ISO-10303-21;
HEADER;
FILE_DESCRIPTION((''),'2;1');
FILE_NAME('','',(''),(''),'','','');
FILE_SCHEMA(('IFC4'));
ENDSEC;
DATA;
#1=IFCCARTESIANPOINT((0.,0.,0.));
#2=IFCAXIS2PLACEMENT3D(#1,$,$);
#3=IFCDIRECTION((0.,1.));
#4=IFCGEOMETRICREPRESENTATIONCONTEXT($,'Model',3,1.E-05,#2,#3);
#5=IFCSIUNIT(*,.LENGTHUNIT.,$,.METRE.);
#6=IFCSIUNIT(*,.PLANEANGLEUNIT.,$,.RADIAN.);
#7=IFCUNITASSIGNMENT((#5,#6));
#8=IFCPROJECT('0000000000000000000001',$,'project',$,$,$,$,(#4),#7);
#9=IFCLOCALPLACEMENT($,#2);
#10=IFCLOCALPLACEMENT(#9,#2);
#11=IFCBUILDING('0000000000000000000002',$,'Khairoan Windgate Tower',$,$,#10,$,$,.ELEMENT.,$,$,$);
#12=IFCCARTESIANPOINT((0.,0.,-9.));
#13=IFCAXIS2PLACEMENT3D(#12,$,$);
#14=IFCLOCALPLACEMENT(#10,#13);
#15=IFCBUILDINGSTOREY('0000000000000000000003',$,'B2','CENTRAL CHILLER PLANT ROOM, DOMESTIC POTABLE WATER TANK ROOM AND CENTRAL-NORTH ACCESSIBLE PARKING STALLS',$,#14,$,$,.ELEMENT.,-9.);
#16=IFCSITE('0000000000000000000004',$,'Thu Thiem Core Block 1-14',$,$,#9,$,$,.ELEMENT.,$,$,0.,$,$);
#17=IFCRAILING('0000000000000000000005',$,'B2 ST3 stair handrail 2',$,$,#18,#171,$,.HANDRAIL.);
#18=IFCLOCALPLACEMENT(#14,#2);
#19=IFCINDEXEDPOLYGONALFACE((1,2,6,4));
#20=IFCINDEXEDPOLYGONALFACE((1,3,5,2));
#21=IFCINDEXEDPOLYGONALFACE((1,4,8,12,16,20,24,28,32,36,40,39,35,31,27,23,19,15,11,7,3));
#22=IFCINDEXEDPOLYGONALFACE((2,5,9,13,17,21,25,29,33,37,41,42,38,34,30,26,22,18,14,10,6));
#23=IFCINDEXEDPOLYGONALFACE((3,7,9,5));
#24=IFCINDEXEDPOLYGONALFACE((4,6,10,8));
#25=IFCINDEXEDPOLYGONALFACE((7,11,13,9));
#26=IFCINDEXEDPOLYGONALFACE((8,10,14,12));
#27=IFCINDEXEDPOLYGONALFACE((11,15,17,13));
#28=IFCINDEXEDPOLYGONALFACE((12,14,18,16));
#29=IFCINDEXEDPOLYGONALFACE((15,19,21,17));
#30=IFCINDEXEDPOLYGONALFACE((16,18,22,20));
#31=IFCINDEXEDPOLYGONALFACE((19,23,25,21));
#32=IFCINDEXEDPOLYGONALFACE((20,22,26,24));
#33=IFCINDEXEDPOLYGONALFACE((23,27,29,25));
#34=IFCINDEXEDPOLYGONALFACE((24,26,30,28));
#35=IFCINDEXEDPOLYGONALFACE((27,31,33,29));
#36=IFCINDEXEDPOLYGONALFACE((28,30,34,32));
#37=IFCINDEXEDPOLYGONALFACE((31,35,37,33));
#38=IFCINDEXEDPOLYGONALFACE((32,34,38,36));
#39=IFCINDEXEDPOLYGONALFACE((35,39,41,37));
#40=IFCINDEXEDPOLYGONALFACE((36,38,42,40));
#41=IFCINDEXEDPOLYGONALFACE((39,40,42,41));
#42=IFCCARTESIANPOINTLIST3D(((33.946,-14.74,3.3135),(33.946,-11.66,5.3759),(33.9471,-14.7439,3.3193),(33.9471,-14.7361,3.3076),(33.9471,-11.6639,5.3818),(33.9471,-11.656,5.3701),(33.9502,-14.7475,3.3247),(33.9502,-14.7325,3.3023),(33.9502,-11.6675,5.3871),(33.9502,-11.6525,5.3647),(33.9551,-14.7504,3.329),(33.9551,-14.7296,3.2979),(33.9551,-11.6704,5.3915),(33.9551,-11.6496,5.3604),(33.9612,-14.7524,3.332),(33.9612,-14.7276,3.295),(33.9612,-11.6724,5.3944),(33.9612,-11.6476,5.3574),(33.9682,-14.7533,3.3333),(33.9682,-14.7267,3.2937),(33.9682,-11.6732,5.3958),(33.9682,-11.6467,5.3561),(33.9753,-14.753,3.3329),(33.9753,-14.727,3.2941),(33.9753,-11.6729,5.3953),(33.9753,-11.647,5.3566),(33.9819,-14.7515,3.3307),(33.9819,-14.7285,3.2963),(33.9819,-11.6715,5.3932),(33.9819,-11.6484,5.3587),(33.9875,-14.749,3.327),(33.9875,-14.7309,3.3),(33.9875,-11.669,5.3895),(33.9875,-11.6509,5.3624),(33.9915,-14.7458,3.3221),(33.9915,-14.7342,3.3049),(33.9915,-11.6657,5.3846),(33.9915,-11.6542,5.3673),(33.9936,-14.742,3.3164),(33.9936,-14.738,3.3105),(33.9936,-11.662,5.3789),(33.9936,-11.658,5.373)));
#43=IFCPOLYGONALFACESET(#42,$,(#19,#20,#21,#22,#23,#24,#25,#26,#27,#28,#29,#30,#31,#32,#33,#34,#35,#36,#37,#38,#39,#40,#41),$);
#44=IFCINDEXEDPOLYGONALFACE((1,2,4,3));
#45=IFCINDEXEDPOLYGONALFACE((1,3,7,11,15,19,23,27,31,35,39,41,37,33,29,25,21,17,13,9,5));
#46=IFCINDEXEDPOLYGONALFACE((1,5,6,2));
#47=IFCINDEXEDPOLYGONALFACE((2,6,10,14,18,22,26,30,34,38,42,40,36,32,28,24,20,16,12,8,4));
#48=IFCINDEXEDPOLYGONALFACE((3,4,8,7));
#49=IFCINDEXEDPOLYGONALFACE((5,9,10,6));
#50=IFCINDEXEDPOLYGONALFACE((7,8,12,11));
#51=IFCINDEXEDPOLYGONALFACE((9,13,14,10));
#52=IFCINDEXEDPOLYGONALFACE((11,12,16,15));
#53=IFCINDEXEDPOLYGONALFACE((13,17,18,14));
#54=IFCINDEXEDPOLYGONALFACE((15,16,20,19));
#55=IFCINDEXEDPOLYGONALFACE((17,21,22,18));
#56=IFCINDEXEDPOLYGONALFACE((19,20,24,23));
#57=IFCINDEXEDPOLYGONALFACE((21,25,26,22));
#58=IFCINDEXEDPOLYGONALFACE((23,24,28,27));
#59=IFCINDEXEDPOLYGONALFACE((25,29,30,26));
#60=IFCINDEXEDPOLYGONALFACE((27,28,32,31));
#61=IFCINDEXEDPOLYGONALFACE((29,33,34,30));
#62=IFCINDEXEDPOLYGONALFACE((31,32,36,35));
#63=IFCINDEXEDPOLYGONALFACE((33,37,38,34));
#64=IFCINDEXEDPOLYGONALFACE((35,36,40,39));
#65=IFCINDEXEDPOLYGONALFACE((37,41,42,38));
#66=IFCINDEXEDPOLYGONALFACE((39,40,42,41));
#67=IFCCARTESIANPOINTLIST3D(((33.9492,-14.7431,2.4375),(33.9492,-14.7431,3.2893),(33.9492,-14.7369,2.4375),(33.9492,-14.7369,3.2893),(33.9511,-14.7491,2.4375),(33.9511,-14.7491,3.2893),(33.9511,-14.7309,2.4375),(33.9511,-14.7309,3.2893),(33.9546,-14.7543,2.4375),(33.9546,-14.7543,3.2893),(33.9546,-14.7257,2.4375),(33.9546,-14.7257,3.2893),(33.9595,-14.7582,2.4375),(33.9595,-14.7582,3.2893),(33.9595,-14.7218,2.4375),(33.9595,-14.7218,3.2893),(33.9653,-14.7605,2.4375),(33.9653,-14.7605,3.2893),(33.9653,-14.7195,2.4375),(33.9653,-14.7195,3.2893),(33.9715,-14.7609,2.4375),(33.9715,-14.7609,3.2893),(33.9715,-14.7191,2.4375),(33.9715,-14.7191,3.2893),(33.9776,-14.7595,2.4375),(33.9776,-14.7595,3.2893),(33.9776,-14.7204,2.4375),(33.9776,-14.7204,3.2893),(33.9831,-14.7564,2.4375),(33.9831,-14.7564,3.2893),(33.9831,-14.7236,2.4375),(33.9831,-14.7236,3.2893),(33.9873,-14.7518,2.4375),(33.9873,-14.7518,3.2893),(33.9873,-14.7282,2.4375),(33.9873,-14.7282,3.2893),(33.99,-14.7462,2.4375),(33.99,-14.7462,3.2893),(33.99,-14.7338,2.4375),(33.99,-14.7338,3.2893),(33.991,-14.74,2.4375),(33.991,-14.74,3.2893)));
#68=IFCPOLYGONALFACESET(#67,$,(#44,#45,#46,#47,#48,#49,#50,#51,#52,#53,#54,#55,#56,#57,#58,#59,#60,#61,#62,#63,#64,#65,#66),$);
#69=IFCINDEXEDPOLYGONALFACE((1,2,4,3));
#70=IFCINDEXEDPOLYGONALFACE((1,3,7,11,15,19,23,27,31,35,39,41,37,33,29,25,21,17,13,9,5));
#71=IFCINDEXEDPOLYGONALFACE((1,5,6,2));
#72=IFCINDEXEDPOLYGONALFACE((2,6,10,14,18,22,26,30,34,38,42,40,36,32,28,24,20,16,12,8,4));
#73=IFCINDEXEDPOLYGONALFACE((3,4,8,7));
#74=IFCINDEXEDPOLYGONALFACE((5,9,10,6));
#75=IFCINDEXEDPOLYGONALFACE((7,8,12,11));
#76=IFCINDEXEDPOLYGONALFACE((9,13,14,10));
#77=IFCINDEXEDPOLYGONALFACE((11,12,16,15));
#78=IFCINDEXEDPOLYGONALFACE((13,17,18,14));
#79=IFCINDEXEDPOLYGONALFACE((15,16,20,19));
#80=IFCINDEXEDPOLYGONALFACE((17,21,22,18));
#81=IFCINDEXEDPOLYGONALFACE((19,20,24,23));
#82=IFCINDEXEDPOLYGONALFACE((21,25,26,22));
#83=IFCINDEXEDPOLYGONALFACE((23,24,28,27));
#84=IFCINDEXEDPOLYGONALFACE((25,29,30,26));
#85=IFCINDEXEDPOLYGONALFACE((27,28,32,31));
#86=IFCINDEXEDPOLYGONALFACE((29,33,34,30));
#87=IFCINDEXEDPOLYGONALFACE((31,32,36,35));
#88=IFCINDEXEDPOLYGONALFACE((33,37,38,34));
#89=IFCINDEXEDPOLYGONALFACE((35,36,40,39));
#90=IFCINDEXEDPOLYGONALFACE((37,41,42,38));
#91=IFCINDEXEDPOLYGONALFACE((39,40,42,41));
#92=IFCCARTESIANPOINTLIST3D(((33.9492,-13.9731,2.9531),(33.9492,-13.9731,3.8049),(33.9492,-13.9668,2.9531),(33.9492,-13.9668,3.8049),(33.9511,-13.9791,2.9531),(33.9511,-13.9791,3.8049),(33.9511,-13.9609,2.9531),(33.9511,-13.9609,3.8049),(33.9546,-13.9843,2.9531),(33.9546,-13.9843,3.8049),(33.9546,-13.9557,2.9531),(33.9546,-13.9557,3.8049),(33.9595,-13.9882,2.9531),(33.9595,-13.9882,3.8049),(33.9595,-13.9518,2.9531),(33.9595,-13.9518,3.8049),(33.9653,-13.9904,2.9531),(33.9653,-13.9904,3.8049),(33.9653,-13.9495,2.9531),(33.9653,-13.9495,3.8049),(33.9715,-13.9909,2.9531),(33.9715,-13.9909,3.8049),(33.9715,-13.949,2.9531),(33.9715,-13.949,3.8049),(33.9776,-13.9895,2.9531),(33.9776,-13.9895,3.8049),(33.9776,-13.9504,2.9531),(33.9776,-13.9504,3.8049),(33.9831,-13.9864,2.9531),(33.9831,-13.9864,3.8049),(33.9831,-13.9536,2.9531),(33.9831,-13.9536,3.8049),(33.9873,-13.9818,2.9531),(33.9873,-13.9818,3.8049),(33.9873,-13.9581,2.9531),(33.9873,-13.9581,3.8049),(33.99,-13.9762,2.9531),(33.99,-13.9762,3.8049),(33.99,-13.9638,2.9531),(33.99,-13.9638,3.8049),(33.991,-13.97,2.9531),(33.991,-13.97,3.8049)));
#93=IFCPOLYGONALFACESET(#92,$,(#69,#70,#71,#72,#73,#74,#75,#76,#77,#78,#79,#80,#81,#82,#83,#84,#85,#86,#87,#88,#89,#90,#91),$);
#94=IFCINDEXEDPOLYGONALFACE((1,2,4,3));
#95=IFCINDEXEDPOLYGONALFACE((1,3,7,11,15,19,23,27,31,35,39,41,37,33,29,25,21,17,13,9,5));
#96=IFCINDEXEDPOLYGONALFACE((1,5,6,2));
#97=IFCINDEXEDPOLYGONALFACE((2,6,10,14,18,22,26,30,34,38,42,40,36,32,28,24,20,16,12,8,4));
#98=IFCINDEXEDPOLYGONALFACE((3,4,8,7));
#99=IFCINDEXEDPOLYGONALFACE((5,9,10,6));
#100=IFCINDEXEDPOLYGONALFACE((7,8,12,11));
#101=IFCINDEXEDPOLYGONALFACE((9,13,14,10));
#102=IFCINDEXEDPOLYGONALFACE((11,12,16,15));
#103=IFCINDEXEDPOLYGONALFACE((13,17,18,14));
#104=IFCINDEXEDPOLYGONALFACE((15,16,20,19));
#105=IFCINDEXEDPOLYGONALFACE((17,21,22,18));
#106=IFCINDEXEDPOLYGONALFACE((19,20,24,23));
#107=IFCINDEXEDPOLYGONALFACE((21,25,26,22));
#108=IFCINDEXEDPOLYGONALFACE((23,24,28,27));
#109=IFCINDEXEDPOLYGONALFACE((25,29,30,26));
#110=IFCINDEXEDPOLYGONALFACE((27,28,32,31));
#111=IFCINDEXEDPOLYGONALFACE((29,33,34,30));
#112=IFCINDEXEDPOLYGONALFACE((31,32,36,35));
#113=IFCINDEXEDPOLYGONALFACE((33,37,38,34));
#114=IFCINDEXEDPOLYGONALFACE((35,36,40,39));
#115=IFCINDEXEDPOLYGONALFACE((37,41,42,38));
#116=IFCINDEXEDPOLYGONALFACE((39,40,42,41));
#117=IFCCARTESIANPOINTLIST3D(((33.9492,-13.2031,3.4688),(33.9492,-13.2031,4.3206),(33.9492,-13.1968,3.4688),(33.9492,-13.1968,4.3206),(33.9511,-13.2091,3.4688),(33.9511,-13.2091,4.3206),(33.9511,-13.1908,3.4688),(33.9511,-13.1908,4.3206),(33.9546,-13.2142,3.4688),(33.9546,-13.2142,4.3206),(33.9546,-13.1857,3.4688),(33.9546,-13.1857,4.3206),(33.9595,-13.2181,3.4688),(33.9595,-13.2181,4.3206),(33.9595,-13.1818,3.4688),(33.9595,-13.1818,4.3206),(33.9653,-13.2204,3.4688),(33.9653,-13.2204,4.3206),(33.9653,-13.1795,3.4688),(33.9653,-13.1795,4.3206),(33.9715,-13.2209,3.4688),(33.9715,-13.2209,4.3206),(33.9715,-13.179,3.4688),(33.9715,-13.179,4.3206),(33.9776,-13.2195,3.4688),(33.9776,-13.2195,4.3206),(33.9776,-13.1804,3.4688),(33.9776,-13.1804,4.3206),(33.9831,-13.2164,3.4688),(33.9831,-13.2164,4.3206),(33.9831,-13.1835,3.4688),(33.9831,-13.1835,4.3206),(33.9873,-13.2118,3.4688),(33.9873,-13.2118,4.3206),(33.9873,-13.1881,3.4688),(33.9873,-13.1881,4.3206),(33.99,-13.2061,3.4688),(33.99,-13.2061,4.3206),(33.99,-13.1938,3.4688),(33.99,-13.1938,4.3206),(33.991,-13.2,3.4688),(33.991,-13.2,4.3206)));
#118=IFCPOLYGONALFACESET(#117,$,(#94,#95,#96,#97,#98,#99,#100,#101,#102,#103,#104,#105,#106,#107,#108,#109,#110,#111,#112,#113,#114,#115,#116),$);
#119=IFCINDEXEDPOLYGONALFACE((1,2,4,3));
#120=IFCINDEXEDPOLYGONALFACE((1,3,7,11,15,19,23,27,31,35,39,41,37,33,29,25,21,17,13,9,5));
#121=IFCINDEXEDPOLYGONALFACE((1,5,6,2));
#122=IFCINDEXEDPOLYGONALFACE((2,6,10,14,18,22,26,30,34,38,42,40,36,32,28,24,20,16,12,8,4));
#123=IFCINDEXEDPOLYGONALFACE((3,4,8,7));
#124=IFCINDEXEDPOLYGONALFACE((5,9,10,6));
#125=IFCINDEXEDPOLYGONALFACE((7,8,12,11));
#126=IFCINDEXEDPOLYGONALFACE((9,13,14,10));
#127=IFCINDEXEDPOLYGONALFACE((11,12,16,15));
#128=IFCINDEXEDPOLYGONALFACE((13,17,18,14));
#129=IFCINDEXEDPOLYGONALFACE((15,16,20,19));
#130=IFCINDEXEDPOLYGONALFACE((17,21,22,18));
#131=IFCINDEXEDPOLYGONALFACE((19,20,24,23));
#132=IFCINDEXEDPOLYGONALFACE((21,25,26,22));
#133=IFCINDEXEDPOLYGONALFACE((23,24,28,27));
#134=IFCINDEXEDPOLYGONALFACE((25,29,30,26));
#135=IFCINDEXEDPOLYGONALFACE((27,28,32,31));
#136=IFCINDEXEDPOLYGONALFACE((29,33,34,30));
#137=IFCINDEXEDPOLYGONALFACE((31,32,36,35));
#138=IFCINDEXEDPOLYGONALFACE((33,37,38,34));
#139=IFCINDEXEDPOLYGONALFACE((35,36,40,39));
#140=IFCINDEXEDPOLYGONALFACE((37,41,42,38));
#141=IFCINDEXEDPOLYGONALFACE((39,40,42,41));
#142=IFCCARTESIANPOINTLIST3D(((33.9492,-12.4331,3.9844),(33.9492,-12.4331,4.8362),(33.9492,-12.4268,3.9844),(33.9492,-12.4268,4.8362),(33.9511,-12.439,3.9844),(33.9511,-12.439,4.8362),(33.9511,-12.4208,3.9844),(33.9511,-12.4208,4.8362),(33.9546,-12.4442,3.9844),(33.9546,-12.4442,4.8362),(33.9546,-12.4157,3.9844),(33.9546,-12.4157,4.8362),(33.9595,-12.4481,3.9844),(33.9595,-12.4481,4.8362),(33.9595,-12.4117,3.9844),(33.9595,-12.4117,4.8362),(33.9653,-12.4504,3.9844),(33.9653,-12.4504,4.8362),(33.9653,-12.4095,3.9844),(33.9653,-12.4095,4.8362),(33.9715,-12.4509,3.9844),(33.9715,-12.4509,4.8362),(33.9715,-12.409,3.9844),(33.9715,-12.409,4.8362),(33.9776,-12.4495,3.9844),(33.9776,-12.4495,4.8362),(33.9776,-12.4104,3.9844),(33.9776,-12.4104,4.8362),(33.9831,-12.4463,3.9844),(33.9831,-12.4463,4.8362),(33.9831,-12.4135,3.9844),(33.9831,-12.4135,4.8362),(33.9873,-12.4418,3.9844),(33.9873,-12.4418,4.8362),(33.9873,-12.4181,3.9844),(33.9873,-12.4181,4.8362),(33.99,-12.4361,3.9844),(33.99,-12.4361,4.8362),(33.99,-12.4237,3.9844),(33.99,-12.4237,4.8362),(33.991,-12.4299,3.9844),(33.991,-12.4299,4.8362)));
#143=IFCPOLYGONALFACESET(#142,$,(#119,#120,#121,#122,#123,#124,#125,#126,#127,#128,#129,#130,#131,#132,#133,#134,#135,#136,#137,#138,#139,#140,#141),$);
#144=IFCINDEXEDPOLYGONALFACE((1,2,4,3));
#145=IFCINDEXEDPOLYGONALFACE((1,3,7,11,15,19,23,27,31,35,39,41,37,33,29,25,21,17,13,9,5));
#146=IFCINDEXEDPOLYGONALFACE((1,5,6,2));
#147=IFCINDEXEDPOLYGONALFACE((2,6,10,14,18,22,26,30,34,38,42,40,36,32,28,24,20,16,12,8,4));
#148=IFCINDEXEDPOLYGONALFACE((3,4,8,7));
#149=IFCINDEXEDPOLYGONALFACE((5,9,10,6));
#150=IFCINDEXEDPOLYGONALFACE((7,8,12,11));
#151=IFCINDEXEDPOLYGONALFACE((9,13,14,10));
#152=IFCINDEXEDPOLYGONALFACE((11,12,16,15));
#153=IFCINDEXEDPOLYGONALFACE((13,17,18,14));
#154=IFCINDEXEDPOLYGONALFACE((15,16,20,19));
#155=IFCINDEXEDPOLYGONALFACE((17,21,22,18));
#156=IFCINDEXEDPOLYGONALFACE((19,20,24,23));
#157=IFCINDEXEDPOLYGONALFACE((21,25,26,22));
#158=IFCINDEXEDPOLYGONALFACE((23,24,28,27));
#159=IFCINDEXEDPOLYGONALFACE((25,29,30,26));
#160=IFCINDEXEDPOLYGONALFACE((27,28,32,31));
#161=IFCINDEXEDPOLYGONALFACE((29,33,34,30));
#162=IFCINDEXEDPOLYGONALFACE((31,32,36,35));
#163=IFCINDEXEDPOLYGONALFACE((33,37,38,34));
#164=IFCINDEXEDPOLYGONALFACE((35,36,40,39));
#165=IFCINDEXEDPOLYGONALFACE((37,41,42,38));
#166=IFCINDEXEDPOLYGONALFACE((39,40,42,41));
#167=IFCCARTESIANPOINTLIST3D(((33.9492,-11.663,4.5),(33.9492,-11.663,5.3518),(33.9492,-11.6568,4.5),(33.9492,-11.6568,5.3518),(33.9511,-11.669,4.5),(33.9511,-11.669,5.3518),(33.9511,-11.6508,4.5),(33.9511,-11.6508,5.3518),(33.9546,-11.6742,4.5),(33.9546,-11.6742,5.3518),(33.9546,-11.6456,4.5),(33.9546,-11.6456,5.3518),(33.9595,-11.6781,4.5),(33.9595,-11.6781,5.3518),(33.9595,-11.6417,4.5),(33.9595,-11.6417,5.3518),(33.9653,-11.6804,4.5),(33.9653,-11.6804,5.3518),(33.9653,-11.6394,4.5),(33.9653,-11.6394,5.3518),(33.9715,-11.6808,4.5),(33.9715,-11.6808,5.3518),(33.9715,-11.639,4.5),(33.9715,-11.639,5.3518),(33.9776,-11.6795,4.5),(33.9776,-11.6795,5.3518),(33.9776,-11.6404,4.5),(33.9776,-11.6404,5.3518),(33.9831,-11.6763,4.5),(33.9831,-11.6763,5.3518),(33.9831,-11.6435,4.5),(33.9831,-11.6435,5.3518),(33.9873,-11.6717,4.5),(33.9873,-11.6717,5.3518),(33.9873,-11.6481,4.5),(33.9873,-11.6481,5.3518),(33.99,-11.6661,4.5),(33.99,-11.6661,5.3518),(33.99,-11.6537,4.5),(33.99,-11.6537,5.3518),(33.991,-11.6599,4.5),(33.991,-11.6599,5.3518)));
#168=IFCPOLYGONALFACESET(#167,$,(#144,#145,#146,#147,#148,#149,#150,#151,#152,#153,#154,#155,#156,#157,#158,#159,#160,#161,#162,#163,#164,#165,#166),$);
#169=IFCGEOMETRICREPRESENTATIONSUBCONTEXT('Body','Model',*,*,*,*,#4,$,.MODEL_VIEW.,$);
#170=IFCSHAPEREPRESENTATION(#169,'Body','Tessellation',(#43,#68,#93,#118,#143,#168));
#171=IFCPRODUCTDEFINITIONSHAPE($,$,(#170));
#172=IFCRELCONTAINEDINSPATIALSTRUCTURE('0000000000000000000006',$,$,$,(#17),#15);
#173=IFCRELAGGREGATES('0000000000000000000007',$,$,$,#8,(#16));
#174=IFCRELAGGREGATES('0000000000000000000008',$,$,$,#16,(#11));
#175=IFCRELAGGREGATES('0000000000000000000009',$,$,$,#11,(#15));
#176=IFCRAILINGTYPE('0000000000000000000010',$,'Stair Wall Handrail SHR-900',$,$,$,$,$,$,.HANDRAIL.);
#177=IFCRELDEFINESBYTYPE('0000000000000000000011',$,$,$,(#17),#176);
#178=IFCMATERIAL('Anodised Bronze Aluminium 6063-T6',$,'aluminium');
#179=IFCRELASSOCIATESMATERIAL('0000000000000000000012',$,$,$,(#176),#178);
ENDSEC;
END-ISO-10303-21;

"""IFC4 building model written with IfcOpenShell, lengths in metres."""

from ifc_helpers import new_model, si_unit, direction, frame, origin, origin_2d, place, context, subcontext, project, spatial, circle, extrude, material, type_object, element, save


model = new_model("IFC4")

# Units and contexts
model_context = context("Model", 3, precision=1e-05, world=origin(), true_north=direction((0.0, 1.0)))
body_context = subcontext(model_context, "Body", "Model", "MODEL_VIEW")
ifc_project = project(units=[si_unit("LENGTHUNIT", "METRE"), si_unit("PLANEANGLEUNIT", "RADIAN")], contexts=[model_context])

# Site, building, storey
site_placement = place(None, origin())
site = spatial("IfcSite", under=ifc_project, at=site_placement, Name="Thu Thiem Core Block 1-14", CompositionType="ELEMENT", RefElevation=0.0)
building_placement = place(site_placement, origin())
building = spatial("IfcBuilding", under=site, at=building_placement, Name="Khairoan Windgate Tower", CompositionType="ELEMENT")
storey_placement = place(building_placement, frame((0.0, 0.0, -9.0)))
storey = spatial("IfcBuildingStorey", under=building, at=storey_placement, Name="B2", Description="CENTRAL CHILLER PLANT ROOM, DOMESTIC POTABLE WATER TANK ROOM AND CENTRAL-NORTH ACCESSIBLE PARKING STALLS", CompositionType="ELEMENT", Elevation=-9.0)

# Railing
ifc_material_1 = material(Name="Anodised Bronze Aluminium 6063-T6", Category="aluminium")
railing_type_1 = type_object("IfcRailingType", Name="Stair Wall Handrail SHR-900", PredefinedType="HANDRAIL", material=ifc_material_1)
railing_1_placement = place(storey_placement, frame((33.97, -14.74, 2.4375)))
element("IfcRailing", 1, at=railing_1_placement, inside=storey, type_object=railing_type_1, Name="B2 ST3 stair handrail 2", PredefinedType="HANDRAIL", context=body_context, shape_type="SweptSolid", body=[
    extrude(circle(Radius=0.0239, at=origin_2d()), frame((0.0, 0.0, 0.876), z_axis=(0.0, 0.830914, 0.556401), x_axis=(-1.0, 0.0, 0.0)), (0.0, 0.0, 1.0), 3.7068),
    extrude(circle(Radius=0.021, at=origin_2d()), origin(), (0.0, 0.0, 1.0), 0.8518),
    extrude(circle(Radius=0.021, at=origin_2d()), frame((0.0, 0.77, 0.5156)), (0.0, 0.0, 1.0), 0.8518),
    extrude(circle(Radius=0.021, at=origin_2d()), frame((0.0, 1.54, 1.0312)), (0.0, 0.0, 1.0), 0.8518),
    extrude(circle(Radius=0.021, at=origin_2d()), frame((0.0, 2.3101, 1.5469)), (0.0, 0.0, 1.0), 0.8518),
    extrude(circle(Radius=0.021, at=origin_2d()), frame((0.0, 3.0801, 2.0625)), (0.0, 0.0, 1.0), 0.8518),
])

save(model, "model.ifc")
